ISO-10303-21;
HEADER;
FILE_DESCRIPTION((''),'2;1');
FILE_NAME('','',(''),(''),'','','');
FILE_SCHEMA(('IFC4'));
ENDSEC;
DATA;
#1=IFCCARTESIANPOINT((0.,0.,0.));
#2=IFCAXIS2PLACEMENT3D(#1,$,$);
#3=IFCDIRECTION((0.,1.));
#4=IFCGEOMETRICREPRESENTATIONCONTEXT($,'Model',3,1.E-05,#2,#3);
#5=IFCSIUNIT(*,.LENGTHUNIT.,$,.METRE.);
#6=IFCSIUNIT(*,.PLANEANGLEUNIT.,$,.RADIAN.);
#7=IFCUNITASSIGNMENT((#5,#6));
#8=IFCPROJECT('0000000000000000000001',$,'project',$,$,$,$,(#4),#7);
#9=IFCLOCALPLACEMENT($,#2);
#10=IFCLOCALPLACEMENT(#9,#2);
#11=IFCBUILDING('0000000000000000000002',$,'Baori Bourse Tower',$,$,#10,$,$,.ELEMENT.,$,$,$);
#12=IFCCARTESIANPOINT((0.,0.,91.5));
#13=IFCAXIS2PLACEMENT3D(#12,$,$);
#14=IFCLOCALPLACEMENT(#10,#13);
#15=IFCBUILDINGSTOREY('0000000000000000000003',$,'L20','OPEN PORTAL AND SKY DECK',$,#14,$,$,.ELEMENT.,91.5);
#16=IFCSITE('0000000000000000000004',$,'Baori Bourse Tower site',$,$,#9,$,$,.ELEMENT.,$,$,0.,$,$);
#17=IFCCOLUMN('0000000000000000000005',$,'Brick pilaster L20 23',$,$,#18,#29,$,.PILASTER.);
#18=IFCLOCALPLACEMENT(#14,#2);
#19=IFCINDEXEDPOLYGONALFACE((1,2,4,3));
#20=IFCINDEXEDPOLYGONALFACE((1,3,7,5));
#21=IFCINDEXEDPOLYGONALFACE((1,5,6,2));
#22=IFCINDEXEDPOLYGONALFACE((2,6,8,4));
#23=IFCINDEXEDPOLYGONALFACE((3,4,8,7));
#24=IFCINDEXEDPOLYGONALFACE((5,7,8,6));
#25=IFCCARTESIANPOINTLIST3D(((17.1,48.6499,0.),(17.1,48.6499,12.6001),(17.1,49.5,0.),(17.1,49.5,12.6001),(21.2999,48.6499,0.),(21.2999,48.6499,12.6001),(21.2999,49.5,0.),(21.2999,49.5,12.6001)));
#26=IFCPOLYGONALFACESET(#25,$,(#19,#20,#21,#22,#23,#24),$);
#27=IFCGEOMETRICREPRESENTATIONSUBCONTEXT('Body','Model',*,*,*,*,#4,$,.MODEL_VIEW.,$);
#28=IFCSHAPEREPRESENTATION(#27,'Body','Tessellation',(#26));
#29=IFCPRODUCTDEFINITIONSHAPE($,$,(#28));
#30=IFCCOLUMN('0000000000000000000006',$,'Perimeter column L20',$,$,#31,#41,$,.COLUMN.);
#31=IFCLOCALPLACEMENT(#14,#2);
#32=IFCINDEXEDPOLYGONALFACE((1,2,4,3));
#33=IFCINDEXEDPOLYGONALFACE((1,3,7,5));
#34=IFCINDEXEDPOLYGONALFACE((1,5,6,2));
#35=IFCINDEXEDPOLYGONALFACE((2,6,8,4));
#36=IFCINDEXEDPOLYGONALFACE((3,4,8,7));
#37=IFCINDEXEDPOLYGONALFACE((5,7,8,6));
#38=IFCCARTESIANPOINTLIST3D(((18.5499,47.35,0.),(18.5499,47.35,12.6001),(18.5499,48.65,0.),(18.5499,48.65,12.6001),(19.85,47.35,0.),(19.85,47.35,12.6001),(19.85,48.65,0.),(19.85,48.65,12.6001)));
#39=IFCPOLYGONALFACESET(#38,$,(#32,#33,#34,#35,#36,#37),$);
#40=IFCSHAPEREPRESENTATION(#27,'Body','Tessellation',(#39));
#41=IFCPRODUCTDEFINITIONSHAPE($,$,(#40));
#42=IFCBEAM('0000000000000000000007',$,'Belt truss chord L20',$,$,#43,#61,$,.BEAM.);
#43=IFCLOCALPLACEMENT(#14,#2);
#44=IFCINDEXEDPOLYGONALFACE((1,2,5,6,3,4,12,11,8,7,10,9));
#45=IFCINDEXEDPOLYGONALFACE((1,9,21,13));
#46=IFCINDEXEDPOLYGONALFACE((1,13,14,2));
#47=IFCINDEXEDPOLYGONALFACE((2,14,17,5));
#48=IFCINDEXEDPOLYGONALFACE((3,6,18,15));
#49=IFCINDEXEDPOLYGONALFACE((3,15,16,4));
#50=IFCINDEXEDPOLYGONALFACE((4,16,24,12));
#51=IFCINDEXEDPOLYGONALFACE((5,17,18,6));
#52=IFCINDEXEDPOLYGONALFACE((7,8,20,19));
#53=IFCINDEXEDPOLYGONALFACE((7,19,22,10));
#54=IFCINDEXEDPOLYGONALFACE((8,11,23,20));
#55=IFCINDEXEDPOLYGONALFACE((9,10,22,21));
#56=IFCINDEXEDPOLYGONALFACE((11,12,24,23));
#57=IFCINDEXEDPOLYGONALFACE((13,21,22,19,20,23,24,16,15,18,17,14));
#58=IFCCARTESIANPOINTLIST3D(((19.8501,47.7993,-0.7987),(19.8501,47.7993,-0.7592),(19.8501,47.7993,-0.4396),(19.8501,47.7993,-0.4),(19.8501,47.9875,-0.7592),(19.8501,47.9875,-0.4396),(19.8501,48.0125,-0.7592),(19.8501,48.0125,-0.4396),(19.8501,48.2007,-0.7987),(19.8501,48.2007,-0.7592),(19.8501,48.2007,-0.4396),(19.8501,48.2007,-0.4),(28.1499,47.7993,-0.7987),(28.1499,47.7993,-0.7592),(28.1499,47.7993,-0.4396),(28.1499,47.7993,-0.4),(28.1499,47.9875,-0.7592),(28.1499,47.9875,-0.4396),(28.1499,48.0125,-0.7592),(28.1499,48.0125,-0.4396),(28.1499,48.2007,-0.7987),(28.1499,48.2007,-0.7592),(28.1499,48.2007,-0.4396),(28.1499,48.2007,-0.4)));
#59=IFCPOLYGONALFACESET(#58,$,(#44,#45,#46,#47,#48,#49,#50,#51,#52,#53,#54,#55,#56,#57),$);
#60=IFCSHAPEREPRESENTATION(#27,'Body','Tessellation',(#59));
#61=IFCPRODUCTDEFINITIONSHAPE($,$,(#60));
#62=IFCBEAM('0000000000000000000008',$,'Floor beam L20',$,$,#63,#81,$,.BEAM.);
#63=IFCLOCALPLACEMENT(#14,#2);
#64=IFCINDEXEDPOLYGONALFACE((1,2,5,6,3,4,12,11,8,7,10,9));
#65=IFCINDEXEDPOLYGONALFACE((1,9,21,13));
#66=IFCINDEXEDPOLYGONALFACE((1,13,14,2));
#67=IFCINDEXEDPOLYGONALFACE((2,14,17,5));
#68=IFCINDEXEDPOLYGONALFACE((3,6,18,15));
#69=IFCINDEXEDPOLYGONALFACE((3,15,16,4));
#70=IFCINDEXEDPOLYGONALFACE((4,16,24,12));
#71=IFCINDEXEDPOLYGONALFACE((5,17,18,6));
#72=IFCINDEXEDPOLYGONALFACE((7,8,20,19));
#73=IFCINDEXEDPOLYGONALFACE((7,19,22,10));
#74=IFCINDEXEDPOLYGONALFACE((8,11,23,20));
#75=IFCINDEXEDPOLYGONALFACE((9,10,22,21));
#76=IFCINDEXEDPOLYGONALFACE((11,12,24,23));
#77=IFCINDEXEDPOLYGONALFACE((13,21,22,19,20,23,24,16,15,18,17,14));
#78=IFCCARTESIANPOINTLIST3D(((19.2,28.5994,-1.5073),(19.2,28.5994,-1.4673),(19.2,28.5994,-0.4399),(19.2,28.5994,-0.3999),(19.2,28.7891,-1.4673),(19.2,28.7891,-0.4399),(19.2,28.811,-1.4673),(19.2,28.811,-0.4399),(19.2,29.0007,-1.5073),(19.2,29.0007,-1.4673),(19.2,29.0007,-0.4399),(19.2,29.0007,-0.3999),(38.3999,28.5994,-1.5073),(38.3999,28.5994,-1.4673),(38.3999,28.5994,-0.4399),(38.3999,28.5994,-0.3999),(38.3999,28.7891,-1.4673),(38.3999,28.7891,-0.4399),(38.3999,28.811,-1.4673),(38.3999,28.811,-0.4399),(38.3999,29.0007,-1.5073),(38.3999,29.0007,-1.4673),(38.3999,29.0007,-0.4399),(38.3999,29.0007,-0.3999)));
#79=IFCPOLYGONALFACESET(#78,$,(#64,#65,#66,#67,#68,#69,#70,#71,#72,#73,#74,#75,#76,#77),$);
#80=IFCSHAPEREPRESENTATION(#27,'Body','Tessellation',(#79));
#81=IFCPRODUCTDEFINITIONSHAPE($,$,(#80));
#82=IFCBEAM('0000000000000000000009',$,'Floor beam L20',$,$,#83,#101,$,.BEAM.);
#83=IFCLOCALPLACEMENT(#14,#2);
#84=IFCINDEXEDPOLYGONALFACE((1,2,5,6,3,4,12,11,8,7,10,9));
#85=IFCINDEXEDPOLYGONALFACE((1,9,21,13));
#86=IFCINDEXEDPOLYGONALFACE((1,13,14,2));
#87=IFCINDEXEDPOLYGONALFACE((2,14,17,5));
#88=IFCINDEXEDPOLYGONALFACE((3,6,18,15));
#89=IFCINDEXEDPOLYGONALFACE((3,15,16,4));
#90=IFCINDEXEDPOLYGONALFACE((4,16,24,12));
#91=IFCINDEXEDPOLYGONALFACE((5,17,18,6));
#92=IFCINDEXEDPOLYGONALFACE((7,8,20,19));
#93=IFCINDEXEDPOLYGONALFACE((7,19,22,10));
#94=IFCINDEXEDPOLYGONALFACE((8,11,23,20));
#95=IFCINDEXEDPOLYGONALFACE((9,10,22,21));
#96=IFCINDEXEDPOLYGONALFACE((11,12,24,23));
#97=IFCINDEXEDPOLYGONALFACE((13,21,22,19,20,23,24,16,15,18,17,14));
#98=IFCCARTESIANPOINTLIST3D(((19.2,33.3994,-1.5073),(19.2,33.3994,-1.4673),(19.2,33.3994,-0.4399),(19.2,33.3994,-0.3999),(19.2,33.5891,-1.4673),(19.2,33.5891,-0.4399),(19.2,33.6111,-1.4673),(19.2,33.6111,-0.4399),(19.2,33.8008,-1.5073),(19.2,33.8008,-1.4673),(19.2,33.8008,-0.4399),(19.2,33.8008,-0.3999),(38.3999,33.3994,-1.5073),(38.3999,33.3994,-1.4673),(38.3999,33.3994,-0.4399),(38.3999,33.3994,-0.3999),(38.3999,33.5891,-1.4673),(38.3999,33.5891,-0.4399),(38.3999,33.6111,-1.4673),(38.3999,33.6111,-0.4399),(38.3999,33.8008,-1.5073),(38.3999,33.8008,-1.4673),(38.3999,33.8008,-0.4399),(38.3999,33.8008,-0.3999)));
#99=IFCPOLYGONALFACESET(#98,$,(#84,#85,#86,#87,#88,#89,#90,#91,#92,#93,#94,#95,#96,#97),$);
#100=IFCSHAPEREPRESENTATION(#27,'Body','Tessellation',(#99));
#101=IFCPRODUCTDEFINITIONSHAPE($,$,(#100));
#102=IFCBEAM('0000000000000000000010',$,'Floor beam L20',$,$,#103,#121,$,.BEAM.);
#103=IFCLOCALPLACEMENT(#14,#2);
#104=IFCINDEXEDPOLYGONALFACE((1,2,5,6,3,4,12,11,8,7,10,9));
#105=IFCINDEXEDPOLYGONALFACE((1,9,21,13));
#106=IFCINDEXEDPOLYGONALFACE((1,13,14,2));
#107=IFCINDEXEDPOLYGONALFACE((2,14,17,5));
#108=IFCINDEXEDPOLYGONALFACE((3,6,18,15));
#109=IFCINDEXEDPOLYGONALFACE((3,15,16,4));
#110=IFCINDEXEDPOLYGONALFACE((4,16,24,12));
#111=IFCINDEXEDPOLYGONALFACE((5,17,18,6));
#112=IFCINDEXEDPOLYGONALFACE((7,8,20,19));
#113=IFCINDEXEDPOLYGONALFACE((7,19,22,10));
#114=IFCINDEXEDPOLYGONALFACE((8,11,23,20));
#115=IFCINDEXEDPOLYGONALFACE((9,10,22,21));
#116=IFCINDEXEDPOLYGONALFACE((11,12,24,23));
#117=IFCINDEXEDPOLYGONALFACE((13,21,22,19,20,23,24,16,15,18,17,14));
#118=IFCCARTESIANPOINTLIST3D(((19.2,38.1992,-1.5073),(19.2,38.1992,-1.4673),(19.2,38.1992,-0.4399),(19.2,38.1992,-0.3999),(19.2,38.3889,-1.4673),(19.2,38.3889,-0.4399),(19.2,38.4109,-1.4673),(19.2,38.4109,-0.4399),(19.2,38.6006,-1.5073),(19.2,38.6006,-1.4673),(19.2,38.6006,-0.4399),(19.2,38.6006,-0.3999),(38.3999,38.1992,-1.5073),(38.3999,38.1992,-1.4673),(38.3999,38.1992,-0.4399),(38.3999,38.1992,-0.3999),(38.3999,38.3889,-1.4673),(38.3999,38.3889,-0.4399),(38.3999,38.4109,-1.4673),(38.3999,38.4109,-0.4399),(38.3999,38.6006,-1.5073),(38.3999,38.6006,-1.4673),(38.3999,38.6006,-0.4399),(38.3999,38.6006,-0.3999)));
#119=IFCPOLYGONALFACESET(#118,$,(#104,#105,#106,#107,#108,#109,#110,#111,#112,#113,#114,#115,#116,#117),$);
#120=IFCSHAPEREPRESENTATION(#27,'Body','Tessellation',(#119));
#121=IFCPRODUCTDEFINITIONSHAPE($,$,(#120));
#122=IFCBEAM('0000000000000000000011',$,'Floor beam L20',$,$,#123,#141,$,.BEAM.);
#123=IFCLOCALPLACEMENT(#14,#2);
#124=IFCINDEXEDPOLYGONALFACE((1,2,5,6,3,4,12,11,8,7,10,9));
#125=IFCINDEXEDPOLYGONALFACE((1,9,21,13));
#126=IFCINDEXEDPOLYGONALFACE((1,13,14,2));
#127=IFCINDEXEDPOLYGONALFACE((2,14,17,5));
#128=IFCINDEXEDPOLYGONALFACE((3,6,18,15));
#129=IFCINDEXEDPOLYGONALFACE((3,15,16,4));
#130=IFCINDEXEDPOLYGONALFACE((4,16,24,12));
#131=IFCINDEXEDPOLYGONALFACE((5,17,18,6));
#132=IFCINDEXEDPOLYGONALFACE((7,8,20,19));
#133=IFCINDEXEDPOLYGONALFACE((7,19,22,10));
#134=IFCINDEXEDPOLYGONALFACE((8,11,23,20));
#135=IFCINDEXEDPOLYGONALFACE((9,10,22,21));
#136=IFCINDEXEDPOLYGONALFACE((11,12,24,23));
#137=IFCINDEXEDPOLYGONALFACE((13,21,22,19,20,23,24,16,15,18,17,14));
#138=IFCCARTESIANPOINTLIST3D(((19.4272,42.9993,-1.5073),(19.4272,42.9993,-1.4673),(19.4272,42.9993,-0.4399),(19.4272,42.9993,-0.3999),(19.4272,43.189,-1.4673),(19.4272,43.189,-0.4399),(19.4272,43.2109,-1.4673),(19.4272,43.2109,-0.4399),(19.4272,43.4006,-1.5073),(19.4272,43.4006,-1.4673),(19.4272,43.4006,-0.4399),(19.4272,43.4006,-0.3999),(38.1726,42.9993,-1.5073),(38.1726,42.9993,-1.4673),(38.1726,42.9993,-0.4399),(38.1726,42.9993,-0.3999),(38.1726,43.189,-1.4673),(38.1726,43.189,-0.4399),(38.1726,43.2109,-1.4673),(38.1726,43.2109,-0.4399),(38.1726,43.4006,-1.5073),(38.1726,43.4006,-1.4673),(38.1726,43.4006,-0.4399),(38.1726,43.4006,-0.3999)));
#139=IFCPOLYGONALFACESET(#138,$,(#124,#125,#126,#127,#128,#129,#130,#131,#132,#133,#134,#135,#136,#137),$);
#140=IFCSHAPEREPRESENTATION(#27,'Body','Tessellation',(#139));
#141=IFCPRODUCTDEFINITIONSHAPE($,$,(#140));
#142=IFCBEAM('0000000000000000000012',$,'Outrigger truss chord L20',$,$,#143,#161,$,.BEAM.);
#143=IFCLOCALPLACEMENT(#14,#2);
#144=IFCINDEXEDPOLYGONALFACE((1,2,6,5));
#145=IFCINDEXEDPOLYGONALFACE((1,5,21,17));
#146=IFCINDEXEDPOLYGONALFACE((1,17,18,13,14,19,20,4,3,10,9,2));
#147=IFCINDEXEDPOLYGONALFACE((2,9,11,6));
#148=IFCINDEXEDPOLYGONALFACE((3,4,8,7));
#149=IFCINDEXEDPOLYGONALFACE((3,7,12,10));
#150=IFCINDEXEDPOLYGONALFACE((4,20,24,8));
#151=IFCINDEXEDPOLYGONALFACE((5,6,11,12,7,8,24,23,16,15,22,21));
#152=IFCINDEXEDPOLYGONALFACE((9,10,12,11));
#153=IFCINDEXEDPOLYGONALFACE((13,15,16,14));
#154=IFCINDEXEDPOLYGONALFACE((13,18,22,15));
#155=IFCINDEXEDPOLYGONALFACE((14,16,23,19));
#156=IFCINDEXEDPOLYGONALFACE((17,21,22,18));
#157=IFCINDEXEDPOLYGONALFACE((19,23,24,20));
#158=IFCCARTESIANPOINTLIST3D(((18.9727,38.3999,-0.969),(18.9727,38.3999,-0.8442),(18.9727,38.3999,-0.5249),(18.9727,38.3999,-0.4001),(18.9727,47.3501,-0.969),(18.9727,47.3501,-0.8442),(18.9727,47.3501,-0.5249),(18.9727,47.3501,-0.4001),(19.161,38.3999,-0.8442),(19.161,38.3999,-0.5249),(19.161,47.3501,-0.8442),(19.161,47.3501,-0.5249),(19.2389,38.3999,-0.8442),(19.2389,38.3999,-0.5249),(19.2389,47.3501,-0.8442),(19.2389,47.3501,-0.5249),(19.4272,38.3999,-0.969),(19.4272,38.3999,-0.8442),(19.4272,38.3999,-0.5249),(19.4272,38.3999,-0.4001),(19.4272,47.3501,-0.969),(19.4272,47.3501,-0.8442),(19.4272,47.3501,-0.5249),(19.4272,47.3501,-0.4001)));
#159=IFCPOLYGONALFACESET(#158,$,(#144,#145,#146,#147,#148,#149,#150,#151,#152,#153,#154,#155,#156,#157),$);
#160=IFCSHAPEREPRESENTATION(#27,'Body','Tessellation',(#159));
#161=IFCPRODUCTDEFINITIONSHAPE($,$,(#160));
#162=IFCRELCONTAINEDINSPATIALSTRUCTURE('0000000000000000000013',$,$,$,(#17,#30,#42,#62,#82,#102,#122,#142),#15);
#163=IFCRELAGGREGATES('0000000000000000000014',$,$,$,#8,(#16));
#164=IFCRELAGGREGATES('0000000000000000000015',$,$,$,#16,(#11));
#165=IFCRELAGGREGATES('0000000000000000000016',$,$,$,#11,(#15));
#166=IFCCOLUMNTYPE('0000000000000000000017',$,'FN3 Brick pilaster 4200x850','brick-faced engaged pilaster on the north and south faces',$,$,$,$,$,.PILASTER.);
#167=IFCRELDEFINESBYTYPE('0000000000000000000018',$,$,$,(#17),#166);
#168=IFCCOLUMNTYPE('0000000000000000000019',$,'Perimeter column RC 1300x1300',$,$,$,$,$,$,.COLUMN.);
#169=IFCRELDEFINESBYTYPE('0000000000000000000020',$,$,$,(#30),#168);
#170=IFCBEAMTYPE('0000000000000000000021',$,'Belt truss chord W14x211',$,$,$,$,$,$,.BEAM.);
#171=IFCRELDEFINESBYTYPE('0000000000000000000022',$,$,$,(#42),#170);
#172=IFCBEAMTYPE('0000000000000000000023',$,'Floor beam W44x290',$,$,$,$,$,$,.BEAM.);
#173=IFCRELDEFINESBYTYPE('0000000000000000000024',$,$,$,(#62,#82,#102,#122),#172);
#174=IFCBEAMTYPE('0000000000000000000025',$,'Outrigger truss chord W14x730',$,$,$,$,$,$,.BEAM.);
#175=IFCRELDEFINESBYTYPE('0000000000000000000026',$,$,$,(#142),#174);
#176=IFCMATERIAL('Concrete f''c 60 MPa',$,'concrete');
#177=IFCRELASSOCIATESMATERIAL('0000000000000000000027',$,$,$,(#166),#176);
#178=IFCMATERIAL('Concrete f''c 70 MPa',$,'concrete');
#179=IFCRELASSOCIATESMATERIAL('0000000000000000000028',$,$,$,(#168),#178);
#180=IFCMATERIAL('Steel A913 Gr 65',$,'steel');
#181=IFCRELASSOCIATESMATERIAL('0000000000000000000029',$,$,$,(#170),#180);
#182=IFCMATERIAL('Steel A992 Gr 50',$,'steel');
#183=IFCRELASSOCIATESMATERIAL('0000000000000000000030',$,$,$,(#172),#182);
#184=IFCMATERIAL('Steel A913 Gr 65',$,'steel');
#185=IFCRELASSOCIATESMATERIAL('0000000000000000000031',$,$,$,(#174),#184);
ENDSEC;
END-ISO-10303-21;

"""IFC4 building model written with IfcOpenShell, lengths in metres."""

from ifc_helpers import new_model, si_unit, direction, frame, origin, origin_2d, place, context, subcontext, project, spatial, rectangle, i_section, extrude, material, material_profile, profile_set, type_object, element, save


model = new_model("IFC4")

# Units and contexts
model_context = context("Model", 3, precision=1e-05, world=origin(), true_north=direction((0.0, 1.0)))
body_context = subcontext(model_context, "Body", "Model", "MODEL_VIEW")
ifc_project = project(units=[si_unit("LENGTHUNIT", "METRE"), si_unit("PLANEANGLEUNIT", "RADIAN")], contexts=[model_context])

# Site, building, storey
site_placement = place(None, origin())
site = spatial("IfcSite", under=ifc_project, at=site_placement, Name="Baori Bourse Tower site", CompositionType="ELEMENT", RefElevation=0.0)
building_placement = place(site_placement, origin())
building = spatial("IfcBuilding", under=site, at=building_placement, Name="Baori Bourse Tower", CompositionType="ELEMENT")
storey_placement = place(building_placement, frame((0.0, 0.0, 91.5)))
storey = spatial("IfcBuildingStorey", under=building, at=storey_placement, Name="L20", Description="OPEN PORTAL AND SKY DECK", CompositionType="ELEMENT", Elevation=91.5)

# Columns
ifc_material_1 = material(Name="Concrete f'c 60 MPa", Category="concrete")
ifc_material_profile_1 = material_profile(ifc_material_1, rectangle(XDim=4.2, YDim=0.8501, at=origin_2d()), Name="RC 4200x850")
ifc_profile_set_1 = profile_set([ifc_material_profile_1], Name="Concrete f'c 60 MPa")
column_type_1 = type_object("IfcColumnType", Name="FN3 Brick pilaster 4200x850", Description="brick-faced engaged pilaster on the north and south faces", PredefinedType="PILASTER", material=ifc_profile_set_1)
column_1_placement = place(storey_placement, frame((19.2, 49.075, 0.0), z_axis=(0.0, 0.0, 1.0), x_axis=(1.0, 0.0, 0.0)))
element("IfcColumn", 1, at=column_1_placement, inside=storey, type_object=column_type_1, Name="Brick pilaster L20 23", PredefinedType="PILASTER", context=body_context, shape_type="SweptSolid", body=[
    extrude(rectangle(XDim=4.2, YDim=0.8501, at=origin_2d()), origin(), (0.0, 0.0, 1.0), 12.6001),
])
ifc_material_2 = material(Name="Concrete f'c 70 MPa", Category="concrete")
ifc_material_profile_2 = material_profile(ifc_material_2, rectangle(XDim=1.3, YDim=1.3, at=origin_2d()), Name="RC 1300x1300")
ifc_profile_set_2 = profile_set([ifc_material_profile_2], Name="Concrete f'c 70 MPa")
column_type_2 = type_object("IfcColumnType", Name="Perimeter column RC 1300x1300", PredefinedType="COLUMN", material=ifc_profile_set_2)
column_2_placement = place(storey_placement, frame((19.2, 48.0, 0.0), z_axis=(0.0, 0.0, 1.0), x_axis=(1.0, 0.0, 0.0)))
element("IfcColumn", 2, at=column_2_placement, inside=storey, type_object=column_type_2, Name="Perimeter column L20", PredefinedType="COLUMN", context=body_context, shape_type="SweptSolid", body=[
    extrude(rectangle(XDim=1.3, YDim=1.3, at=origin_2d()), origin(), (0.0, 0.0, 1.0), 12.6001),
])

# Beams
ifc_material_3 = material(Name="Steel A913 Gr 65", Category="steel")
ifc_material_profile_3 = material_profile(ifc_material_3, i_section(OverallWidth=0.4014, OverallDepth=0.3987, WebThickness=0.0249, FlangeThickness=0.0396, at=origin_2d()), Name="W14x211")
ifc_profile_set_3 = profile_set([ifc_material_profile_3], Name="Steel A913 Gr 65")
beam_type_1 = type_object("IfcBeamType", Name="Belt truss chord W14x211", PredefinedType="BEAM", material=ifc_profile_set_3)
beam_1_placement = place(storey_placement, frame((19.8501, 48.0, -0.5994), z_axis=(1.0, 0.0, 0.0), x_axis=(0.0, 1.0, 0.0)))
element("IfcBeam", 3, at=beam_1_placement, inside=storey, type_object=beam_type_1, Name="Belt truss chord L20", PredefinedType="BEAM", context=body_context, shape_type="SweptSolid", body=[
    extrude(i_section(OverallWidth=0.4014, OverallDepth=0.3987, WebThickness=0.0249, FlangeThickness=0.0396, at=origin_2d()), origin(), (0.0, 0.0, 1.0), 8.2998),
])
ifc_material_4 = material(Name="Steel A992 Gr 50", Category="steel")
ifc_material_profile_4 = material_profile(ifc_material_4, i_section(OverallWidth=0.4014, OverallDepth=1.1074, WebThickness=0.022, FlangeThickness=0.04, at=origin_2d()), Name="W44x290")
ifc_profile_set_4 = profile_set([ifc_material_profile_4], Name="Steel A992 Gr 50")
beam_type_2 = type_object("IfcBeamType", Name="Floor beam W44x290", PredefinedType="BEAM", material=ifc_profile_set_4)
for number, where, z_axis, x_axis, name in (
    (4, (19.2, 28.8, -0.9536), (1.0, 0.0, 0.0), (0.0, 1.0, 0.0), "Floor beam L20"),
    (5, (19.2, 33.6001, -0.9536), (1.0, 0.0, 0.0), (0.0, 1.0, 0.0), "Floor beam L20"),
    (6, (19.2, 38.3999, -0.9536), (1.0, 0.0, 0.0), (0.0, 1.0, 0.0), "Floor beam L20"),
):
    element("IfcBeam", number, at=place(storey_placement, frame(where, z_axis=z_axis, x_axis=x_axis)), inside=storey, type_object=beam_type_2, Name=name, PredefinedType="BEAM", context=body_context, shape_type="SweptSolid", body=[
        extrude(i_section(OverallWidth=0.4014, OverallDepth=1.1074, WebThickness=0.022, FlangeThickness=0.04, at=origin_2d()), origin(), (0.0, 0.0, 1.0), 19.2),
    ])
beam_2_placement = place(storey_placement, frame((19.4272, 43.2, -0.9536), z_axis=(1.0, 0.0, 0.0), x_axis=(0.0, 1.0, 0.0)))
element("IfcBeam", 7, at=beam_2_placement, inside=storey, type_object=beam_type_2, Name="Floor beam L20", PredefinedType="BEAM", context=body_context, shape_type="SweptSolid", body=[
    extrude(i_section(OverallWidth=0.4014, OverallDepth=1.1074, WebThickness=0.022, FlangeThickness=0.04, at=origin_2d()), origin(), (0.0, 0.0, 1.0), 18.7454),
])
ifc_material_5 = material(Name="Steel A913 Gr 65", Category="steel")
ifc_material_profile_5 = material_profile(ifc_material_5, i_section(OverallWidth=0.4546, OverallDepth=0.5688, WebThickness=0.0779, FlangeThickness=0.1248, at=origin_2d()), Name="W14x730")
ifc_profile_set_5 = profile_set([ifc_material_profile_5], Name="Steel A913 Gr 65")
beam_type_3 = type_object("IfcBeamType", Name="Outrigger truss chord W14x730", PredefinedType="BEAM", material=ifc_profile_set_5)
beam_3_placement = place(storey_placement, frame((19.2, 38.3999, -0.6846), z_axis=(0.0, 1.0, 0.0), x_axis=(-1.0, 0.0, 0.0)))
element("IfcBeam", 8, at=beam_3_placement, inside=storey, type_object=beam_type_3, Name="Outrigger truss chord L20", PredefinedType="BEAM", context=body_context, shape_type="SweptSolid", body=[
    extrude(i_section(OverallWidth=0.4546, OverallDepth=0.5688, WebThickness=0.0779, FlangeThickness=0.1248, at=origin_2d()), origin(), (0.0, 0.0, 1.0), 8.9502),
])

save(model, "model.ifc")
